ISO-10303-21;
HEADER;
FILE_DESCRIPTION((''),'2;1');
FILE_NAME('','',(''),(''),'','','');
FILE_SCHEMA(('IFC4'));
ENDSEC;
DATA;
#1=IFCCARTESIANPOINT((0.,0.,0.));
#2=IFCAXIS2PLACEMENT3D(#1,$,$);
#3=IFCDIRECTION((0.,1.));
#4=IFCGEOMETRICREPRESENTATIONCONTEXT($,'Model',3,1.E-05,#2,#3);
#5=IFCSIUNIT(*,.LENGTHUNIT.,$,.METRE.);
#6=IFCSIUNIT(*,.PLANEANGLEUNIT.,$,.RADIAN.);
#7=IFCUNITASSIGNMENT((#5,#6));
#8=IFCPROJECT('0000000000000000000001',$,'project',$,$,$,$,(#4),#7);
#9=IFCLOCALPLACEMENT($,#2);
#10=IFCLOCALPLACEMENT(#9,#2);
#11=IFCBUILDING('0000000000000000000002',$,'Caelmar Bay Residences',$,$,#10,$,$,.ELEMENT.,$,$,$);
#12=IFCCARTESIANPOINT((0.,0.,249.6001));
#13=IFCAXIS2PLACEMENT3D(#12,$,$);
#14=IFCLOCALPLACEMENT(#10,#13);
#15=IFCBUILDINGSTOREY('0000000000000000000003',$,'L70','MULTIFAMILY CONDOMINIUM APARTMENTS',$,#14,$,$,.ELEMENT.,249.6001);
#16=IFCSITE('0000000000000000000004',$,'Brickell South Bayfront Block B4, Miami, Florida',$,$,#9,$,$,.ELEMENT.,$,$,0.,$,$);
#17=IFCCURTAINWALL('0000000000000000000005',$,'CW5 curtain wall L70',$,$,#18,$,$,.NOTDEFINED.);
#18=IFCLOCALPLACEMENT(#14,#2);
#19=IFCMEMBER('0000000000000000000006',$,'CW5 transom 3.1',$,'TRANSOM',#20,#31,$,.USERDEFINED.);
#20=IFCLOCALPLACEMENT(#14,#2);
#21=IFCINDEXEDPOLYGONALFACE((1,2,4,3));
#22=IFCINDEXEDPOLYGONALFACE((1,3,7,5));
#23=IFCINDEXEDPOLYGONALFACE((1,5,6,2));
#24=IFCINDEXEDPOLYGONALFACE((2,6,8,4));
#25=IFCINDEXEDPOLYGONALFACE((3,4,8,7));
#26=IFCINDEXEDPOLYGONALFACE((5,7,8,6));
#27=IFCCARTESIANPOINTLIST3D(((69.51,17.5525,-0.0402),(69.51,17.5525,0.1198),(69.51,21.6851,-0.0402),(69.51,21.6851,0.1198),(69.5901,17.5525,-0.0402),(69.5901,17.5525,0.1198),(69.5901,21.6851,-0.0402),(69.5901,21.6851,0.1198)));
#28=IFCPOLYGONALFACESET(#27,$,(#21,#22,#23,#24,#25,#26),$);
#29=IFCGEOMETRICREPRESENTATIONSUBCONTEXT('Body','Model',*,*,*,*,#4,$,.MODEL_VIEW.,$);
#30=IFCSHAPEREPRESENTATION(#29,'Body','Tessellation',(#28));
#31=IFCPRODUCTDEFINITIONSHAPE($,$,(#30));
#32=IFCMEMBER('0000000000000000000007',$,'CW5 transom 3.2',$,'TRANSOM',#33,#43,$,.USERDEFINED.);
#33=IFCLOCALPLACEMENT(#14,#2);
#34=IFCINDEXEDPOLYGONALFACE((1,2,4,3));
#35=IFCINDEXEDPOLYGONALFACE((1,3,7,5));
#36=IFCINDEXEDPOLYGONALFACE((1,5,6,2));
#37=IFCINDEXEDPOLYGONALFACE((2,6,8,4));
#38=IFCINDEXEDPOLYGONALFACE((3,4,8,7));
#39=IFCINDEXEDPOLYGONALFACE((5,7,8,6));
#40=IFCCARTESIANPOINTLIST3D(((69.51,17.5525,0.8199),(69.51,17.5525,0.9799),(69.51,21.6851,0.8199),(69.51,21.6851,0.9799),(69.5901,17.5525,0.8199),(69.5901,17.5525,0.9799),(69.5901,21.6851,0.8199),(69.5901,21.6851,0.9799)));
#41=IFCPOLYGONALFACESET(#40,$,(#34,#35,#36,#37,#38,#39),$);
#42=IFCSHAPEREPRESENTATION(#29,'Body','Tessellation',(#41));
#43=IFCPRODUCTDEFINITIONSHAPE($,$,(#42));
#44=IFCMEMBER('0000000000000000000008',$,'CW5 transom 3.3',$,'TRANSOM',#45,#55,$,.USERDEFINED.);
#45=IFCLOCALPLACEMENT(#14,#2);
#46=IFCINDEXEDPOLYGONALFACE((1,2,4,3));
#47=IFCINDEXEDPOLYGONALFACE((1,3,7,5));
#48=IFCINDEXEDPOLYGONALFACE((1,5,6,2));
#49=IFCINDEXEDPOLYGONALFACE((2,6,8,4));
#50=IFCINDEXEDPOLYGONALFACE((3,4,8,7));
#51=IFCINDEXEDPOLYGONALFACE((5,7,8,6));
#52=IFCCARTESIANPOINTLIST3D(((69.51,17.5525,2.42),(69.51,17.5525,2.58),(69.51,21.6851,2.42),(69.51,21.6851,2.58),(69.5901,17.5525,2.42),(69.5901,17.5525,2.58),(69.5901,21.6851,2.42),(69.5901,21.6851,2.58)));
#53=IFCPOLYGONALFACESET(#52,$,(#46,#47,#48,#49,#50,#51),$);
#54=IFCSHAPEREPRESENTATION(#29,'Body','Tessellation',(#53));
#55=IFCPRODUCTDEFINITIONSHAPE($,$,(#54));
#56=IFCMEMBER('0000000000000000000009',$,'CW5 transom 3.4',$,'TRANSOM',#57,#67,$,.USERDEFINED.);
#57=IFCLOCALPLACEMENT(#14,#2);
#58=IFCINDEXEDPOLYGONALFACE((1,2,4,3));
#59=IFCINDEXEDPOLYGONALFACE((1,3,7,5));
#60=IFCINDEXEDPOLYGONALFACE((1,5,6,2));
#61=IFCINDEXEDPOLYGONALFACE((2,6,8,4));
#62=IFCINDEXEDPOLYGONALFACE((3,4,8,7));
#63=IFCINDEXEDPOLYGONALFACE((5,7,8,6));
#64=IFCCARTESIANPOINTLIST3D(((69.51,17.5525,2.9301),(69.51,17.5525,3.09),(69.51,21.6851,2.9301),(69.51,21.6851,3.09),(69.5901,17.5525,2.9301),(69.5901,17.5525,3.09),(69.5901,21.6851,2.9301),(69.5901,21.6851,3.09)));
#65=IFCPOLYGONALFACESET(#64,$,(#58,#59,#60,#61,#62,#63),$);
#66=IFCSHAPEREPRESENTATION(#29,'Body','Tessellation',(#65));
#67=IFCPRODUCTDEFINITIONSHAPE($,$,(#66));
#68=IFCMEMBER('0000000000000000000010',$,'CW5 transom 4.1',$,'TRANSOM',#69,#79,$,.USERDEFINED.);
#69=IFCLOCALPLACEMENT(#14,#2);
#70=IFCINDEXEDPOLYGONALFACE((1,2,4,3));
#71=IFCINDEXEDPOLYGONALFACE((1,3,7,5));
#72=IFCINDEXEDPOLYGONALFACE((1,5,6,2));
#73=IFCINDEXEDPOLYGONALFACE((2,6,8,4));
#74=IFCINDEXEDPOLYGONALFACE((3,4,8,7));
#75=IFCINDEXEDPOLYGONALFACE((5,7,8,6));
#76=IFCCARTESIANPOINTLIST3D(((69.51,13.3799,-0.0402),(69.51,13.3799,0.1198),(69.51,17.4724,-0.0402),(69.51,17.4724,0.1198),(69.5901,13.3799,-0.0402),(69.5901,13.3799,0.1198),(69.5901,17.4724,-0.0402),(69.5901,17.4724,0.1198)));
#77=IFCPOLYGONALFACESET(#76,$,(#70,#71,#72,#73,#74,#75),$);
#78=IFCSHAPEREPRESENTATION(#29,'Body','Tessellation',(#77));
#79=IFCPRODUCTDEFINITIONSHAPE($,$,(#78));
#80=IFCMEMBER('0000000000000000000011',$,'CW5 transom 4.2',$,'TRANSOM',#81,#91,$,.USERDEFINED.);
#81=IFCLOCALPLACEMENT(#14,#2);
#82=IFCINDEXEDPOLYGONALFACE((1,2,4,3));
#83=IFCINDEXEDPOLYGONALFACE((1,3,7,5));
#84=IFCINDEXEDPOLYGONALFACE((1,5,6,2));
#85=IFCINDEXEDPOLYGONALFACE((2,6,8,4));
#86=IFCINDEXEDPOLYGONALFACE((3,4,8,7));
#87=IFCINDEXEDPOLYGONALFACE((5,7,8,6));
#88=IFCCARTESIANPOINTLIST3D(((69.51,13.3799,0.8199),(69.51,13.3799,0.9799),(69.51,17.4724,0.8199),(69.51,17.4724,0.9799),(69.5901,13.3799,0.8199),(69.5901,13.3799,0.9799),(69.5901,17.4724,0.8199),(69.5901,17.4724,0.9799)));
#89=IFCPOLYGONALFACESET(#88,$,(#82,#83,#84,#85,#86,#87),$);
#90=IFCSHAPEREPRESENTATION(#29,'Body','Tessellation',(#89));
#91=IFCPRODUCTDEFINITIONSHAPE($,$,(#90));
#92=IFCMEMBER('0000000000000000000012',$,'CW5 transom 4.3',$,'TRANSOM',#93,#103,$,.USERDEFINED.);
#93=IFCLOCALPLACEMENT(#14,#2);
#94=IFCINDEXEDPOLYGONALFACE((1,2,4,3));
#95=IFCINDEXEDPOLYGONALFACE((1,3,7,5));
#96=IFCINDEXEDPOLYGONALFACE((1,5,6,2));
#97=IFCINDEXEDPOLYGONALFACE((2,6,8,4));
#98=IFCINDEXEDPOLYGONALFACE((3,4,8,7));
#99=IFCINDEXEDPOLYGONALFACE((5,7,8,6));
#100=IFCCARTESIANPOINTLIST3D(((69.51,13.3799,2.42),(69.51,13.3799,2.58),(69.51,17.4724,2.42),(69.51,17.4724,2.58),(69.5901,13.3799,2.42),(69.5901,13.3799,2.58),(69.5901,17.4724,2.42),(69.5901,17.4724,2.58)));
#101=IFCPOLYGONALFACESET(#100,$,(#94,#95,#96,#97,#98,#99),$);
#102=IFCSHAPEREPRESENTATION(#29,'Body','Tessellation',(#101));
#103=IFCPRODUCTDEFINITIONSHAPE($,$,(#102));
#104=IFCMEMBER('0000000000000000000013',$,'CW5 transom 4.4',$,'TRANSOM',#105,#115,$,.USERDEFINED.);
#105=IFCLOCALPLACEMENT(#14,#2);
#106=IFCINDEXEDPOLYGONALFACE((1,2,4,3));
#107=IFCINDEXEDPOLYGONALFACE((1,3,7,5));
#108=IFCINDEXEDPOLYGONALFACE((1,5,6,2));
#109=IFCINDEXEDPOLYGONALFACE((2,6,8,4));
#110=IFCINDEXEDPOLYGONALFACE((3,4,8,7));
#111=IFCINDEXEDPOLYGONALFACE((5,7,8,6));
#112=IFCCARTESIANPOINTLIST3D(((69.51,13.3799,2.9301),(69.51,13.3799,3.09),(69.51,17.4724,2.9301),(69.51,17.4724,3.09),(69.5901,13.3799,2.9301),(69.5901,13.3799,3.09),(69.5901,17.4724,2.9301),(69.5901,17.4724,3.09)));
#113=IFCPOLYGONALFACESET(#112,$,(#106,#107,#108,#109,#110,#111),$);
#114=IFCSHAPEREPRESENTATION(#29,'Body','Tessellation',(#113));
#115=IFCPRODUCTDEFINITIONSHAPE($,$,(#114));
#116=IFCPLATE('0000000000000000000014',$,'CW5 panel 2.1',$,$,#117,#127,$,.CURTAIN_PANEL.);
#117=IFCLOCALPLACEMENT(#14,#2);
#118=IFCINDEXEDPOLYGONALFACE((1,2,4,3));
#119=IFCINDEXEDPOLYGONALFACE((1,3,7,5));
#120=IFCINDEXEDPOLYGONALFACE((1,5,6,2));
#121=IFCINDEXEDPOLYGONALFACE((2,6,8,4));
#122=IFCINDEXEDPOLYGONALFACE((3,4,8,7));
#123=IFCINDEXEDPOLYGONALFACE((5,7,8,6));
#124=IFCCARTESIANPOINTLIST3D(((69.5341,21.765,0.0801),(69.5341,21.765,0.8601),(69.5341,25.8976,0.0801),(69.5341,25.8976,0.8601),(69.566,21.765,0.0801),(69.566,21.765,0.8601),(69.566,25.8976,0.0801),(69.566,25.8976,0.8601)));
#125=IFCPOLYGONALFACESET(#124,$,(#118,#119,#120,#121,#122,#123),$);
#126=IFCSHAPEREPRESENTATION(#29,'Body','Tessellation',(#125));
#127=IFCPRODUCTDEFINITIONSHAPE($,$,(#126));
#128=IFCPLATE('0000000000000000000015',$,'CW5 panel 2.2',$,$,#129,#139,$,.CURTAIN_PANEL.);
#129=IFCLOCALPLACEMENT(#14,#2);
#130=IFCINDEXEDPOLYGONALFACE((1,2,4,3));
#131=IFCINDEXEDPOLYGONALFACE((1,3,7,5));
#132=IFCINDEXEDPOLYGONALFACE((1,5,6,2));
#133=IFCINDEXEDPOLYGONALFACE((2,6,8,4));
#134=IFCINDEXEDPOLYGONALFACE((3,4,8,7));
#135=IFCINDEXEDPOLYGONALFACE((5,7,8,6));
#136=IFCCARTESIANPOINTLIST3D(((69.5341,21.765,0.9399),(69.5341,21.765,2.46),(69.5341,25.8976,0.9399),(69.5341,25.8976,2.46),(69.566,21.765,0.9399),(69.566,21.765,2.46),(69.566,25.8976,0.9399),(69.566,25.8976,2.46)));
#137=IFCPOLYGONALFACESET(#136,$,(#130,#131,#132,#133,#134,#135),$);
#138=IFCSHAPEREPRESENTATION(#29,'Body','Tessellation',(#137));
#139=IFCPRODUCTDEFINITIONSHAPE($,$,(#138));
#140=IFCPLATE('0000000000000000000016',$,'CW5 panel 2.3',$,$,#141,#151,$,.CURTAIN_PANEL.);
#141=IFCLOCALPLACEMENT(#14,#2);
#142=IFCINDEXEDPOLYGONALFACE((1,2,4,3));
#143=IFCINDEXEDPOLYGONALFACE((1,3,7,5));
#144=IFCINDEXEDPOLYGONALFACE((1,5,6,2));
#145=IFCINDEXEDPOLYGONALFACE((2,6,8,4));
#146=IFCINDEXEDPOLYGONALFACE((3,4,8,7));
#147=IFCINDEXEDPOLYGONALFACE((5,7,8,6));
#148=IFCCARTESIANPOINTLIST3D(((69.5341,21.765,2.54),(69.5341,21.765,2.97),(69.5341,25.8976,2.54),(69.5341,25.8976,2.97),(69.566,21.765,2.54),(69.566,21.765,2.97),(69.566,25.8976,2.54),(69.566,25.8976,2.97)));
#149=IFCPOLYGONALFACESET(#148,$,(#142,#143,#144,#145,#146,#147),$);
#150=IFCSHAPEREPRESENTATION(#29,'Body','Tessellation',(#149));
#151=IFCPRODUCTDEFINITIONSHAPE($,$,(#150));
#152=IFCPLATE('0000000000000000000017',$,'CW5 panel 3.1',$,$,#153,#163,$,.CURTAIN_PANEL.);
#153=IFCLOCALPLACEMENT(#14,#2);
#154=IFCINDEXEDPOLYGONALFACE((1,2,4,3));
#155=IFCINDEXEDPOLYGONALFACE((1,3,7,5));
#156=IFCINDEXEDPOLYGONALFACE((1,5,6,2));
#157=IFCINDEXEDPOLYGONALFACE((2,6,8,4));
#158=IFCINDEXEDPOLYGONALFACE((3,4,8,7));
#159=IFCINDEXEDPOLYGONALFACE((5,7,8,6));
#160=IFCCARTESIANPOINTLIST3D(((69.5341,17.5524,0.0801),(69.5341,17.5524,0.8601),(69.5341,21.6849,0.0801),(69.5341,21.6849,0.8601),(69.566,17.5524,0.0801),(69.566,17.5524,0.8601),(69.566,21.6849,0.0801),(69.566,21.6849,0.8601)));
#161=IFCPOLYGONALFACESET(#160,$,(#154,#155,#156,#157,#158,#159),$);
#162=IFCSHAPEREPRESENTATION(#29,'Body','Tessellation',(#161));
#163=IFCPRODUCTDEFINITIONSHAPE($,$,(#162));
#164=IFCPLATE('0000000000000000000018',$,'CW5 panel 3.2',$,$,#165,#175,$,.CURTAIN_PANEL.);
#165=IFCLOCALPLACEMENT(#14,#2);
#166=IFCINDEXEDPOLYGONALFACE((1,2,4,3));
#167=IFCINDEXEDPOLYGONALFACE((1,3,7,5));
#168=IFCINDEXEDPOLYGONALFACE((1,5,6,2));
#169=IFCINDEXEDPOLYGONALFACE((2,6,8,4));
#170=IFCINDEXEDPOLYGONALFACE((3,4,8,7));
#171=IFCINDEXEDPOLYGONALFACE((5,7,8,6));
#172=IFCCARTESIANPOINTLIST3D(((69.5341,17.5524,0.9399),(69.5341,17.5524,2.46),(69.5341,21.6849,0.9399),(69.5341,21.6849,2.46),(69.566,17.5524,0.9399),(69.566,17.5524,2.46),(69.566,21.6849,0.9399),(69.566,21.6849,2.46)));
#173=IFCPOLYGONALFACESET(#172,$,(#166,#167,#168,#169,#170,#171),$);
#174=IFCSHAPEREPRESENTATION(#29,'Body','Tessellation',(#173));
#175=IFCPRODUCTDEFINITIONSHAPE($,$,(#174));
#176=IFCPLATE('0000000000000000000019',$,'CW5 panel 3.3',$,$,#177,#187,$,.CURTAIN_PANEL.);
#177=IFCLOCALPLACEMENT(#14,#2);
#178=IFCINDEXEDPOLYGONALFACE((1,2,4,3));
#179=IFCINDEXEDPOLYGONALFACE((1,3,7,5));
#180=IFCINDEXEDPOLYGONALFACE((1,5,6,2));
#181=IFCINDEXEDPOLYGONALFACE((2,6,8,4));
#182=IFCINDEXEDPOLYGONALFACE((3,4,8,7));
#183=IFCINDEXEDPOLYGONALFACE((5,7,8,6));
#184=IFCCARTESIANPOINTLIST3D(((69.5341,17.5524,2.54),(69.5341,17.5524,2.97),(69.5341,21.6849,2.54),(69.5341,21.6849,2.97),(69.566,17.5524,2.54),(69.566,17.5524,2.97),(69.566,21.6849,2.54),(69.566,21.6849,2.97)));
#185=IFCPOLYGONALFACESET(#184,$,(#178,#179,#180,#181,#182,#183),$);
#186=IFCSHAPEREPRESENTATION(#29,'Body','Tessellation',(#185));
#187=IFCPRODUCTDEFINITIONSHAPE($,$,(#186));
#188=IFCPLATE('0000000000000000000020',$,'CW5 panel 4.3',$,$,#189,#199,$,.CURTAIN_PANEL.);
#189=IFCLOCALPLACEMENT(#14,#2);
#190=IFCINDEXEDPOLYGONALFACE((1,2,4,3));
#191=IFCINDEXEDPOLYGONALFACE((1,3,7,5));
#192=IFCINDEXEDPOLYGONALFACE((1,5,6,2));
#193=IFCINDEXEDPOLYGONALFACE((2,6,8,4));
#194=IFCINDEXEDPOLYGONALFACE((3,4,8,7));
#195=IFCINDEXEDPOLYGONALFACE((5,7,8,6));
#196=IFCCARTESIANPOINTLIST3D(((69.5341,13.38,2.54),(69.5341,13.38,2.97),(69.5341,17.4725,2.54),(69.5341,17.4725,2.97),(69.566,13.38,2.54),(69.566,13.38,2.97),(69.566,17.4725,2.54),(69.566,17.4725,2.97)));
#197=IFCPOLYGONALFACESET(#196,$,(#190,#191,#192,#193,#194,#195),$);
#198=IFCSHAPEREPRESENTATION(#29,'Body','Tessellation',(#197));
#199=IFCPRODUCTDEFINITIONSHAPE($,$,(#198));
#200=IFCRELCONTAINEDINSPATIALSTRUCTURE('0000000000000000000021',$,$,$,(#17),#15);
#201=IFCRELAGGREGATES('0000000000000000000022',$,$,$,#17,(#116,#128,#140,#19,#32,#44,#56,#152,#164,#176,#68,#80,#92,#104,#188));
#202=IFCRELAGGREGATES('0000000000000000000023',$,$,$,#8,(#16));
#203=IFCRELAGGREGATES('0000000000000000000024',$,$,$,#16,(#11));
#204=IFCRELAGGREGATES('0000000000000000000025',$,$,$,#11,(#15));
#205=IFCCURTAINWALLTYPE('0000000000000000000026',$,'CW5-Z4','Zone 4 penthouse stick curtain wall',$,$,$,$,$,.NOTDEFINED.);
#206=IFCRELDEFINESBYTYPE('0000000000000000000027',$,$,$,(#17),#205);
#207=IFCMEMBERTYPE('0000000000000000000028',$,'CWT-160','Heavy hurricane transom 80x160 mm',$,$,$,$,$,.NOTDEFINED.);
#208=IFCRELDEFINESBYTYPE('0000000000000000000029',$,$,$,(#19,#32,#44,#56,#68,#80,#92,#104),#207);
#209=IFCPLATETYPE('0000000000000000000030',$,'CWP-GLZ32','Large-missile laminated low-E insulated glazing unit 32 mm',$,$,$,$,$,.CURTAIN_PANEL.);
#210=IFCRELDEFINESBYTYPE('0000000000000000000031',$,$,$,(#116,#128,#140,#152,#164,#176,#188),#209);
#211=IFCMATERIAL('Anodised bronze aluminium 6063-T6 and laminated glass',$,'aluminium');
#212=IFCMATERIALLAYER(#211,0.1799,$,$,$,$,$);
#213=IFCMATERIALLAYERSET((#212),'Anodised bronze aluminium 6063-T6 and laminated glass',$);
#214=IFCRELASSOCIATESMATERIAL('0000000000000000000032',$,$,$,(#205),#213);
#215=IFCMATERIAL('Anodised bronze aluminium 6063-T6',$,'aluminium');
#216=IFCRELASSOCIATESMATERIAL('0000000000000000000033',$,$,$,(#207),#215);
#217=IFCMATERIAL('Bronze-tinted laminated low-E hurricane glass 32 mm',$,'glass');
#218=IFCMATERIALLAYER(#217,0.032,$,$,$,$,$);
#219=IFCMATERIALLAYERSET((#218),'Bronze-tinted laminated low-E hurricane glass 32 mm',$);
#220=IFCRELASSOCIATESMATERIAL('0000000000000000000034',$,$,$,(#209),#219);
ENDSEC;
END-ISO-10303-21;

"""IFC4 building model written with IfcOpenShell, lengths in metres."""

from ifc_helpers import new_model, si_unit, direction, frame, origin, origin_2d, place, context, subcontext, project, spatial, rectangle, extrude, material, layer, layer_set, material_profile, profile_set, type_object, element, aggregate, save


model = new_model("IFC4")

# Units and contexts
model_context = context("Model", 3, precision=1e-05, world=origin(), true_north=direction((0.0, 1.0)))
body_context = subcontext(model_context, "Body", "Model", "MODEL_VIEW")
ifc_project = project(units=[si_unit("LENGTHUNIT", "METRE"), si_unit("PLANEANGLEUNIT", "RADIAN")], contexts=[model_context])

# Site, building, storey
site_placement = place(None, origin())
site = spatial("IfcSite", under=ifc_project, at=site_placement, Name="Brickell South Bayfront Block B4, Miami, Florida", CompositionType="ELEMENT", RefElevation=0.0)
building_placement = place(site_placement, origin())
building = spatial("IfcBuilding", under=site, at=building_placement, Name="Caelmar Bay Residences", CompositionType="ELEMENT")
storey_placement = place(building_placement, frame((0.0, 0.0, 249.6001)))
storey = spatial("IfcBuildingStorey", under=building, at=storey_placement, Name="L70", Description="MULTIFAMILY CONDOMINIUM APARTMENTS", CompositionType="ELEMENT", Elevation=249.6001)

# Curtain wall, members, plates
ifc_material_1 = material(Name="Anodised bronze aluminium 6063-T6 and laminated glass", Category="aluminium")
ifc_layer_1 = layer(ifc_material_1, 0.1799)
ifc_layer_set_1 = layer_set([ifc_layer_1], Name="Anodised bronze aluminium 6063-T6 and laminated glass")
curtain_wall_type = type_object("IfcCurtainWallType", Name="CW5-Z4", Description="Zone 4 penthouse stick curtain wall", PredefinedType="NOTDEFINED", material=ifc_layer_set_1)
curtain_wall_placement = place(storey_placement, origin())
curtain_wall = element("IfcCurtainWall", 1, at=curtain_wall_placement, inside=storey, type_object=curtain_wall_type, Name="CW5 curtain wall L70", PredefinedType="NOTDEFINED")
ifc_material_2 = material(Name="Anodised bronze aluminium 6063-T6", Category="aluminium")
ifc_material_profile_1 = material_profile(ifc_material_2, rectangle(XDim=0.0801, YDim=0.1599, at=origin_2d()), Name="CWT-80X160")
ifc_profile_set_1 = profile_set([ifc_material_profile_1], Name="Anodised bronze aluminium 6063-T6")
member_type_1 = type_object("IfcMemberType", Name="CWT-160", Description="Heavy hurricane transom 80x160 mm", PredefinedType="NOTDEFINED", material=ifc_profile_set_1)
member_1_placement = place(storey_placement, frame((69.55, 21.6851, 0.0398), z_axis=(0.0, -1.0, 0.0), x_axis=(1.0, 0.0, 0.0)))
member_1 = element("IfcMember", 2, at=member_1_placement, type_object=member_type_1, Name="CW5 transom 3.1", ObjectType="TRANSOM", PredefinedType="USERDEFINED", context=body_context, shape_type="SweptSolid", body=[
    extrude(rectangle(XDim=0.0801, YDim=0.1599, at=origin_2d()), origin(), (0.0, 0.0, 1.0), 4.1326),
])
member_2_placement = place(storey_placement, frame((69.55, 21.6851, 0.8999), z_axis=(0.0, -1.0, 0.0), x_axis=(1.0, 0.0, 0.0)))
member_2 = element("IfcMember", 3, at=member_2_placement, type_object=member_type_1, Name="CW5 transom 3.2", ObjectType="TRANSOM", PredefinedType="USERDEFINED", context=body_context, shape_type="SweptSolid", body=[
    extrude(rectangle(XDim=0.0801, YDim=0.1599, at=origin_2d()), origin(), (0.0, 0.0, 1.0), 4.1326),
])
member_3_placement = place(storey_placement, frame((69.55, 21.6851, 2.5), z_axis=(0.0, -1.0, 0.0), x_axis=(1.0, 0.0, 0.0)))
member_3 = element("IfcMember", 4, at=member_3_placement, type_object=member_type_1, Name="CW5 transom 3.3", ObjectType="TRANSOM", PredefinedType="USERDEFINED", context=body_context, shape_type="SweptSolid", body=[
    extrude(rectangle(XDim=0.0801, YDim=0.1599, at=origin_2d()), origin(), (0.0, 0.0, 1.0), 4.1326),
])
member_4_placement = place(storey_placement, frame((69.55, 21.6851, 3.01), z_axis=(0.0, -1.0, 0.0), x_axis=(1.0, 0.0, 0.0)))
member_4 = element("IfcMember", 5, at=member_4_placement, type_object=member_type_1, Name="CW5 transom 3.4", ObjectType="TRANSOM", PredefinedType="USERDEFINED", context=body_context, shape_type="SweptSolid", body=[
    extrude(rectangle(XDim=0.0801, YDim=0.1599, at=origin_2d()), origin(), (0.0, 0.0, 1.0), 4.1326),
])
member_5_placement = place(storey_placement, frame((69.55, 17.4724, 0.0398), z_axis=(0.0, -1.0, 0.0), x_axis=(1.0, 0.0, 0.0)))
member_5 = element("IfcMember", 6, at=member_5_placement, type_object=member_type_1, Name="CW5 transom 4.1", ObjectType="TRANSOM", PredefinedType="USERDEFINED", context=body_context, shape_type="SweptSolid", body=[
    extrude(rectangle(XDim=0.0801, YDim=0.1599, at=origin_2d()), origin(), (0.0, 0.0, 1.0), 4.0925),
])
member_6_placement = place(storey_placement, frame((69.55, 17.4724, 0.8999), z_axis=(0.0, -1.0, 0.0), x_axis=(1.0, 0.0, 0.0)))
member_6 = element("IfcMember", 7, at=member_6_placement, type_object=member_type_1, Name="CW5 transom 4.2", ObjectType="TRANSOM", PredefinedType="USERDEFINED", context=body_context, shape_type="SweptSolid", body=[
    extrude(rectangle(XDim=0.0801, YDim=0.1599, at=origin_2d()), origin(), (0.0, 0.0, 1.0), 4.0925),
])
member_7_placement = place(storey_placement, frame((69.55, 17.4724, 2.5), z_axis=(0.0, -1.0, 0.0), x_axis=(1.0, 0.0, 0.0)))
member_7 = element("IfcMember", 8, at=member_7_placement, type_object=member_type_1, Name="CW5 transom 4.3", ObjectType="TRANSOM", PredefinedType="USERDEFINED", context=body_context, shape_type="SweptSolid", body=[
    extrude(rectangle(XDim=0.0801, YDim=0.1599, at=origin_2d()), origin(), (0.0, 0.0, 1.0), 4.0925),
])
member_8_placement = place(storey_placement, frame((69.55, 17.4724, 3.01), z_axis=(0.0, -1.0, 0.0), x_axis=(1.0, 0.0, 0.0)))
member_8 = element("IfcMember", 9, at=member_8_placement, type_object=member_type_1, Name="CW5 transom 4.4", ObjectType="TRANSOM", PredefinedType="USERDEFINED", context=body_context, shape_type="SweptSolid", body=[
    extrude(rectangle(XDim=0.0801, YDim=0.1599, at=origin_2d()), origin(), (0.0, 0.0, 1.0), 4.0925),
])
ifc_material_3 = material(Name="Bronze-tinted laminated low-E hurricane glass 32 mm", Category="glass")
ifc_layer_2 = layer(ifc_material_3, 0.032)
ifc_layer_set_2 = layer_set([ifc_layer_2], Name="Bronze-tinted laminated low-E hurricane glass 32 mm")
plate_type = type_object("IfcPlateType", Name="CWP-GLZ32", Description="Large-missile laminated low-E insulated glazing unit 32 mm", PredefinedType="CURTAIN_PANEL", material=ifc_layer_set_2)
plate_1_placement = place(storey_placement, frame((69.55, 23.8313, 0.0801), z_axis=(0.0, 0.0, 1.0), x_axis=(0.0, -1.0, 0.0)))
plate_1 = element("IfcPlate", 10, at=plate_1_placement, type_object=plate_type, Name="CW5 panel 2.1", PredefinedType="CURTAIN_PANEL", context=body_context, shape_type="SweptSolid", body=[
    extrude(rectangle(XDim=4.1326, YDim=0.032, at=origin_2d()), origin(), (0.0, 0.0, 1.0), 0.78),
])
plate_2_placement = place(storey_placement, frame((69.55, 23.8313, 0.9399), z_axis=(0.0, 0.0, 1.0), x_axis=(0.0, -1.0, 0.0)))
plate_2 = element("IfcPlate", 11, at=plate_2_placement, type_object=plate_type, Name="CW5 panel 2.2", PredefinedType="CURTAIN_PANEL", context=body_context, shape_type="SweptSolid", body=[
    extrude(rectangle(XDim=4.1326, YDim=0.032, at=origin_2d()), origin(), (0.0, 0.0, 1.0), 1.52),
])
plate_3_placement = place(storey_placement, frame((69.55, 23.8313, 2.54), z_axis=(0.0, 0.0, 1.0), x_axis=(0.0, -1.0, 0.0)))
plate_3 = element("IfcPlate", 12, at=plate_3_placement, type_object=plate_type, Name="CW5 panel 2.3", PredefinedType="CURTAIN_PANEL", context=body_context, shape_type="SweptSolid", body=[
    extrude(rectangle(XDim=4.1326, YDim=0.032, at=origin_2d()), origin(), (0.0, 0.0, 1.0), 0.4299),
])
plate_4_placement = place(storey_placement, frame((69.55, 19.6187, 0.0801), z_axis=(0.0, 0.0, 1.0), x_axis=(0.0, -1.0, 0.0)))
plate_4 = element("IfcPlate", 13, at=plate_4_placement, type_object=plate_type, Name="CW5 panel 3.1", PredefinedType="CURTAIN_PANEL", context=body_context, shape_type="SweptSolid", body=[
    extrude(rectangle(XDim=4.1326, YDim=0.032, at=origin_2d()), origin(), (0.0, 0.0, 1.0), 0.78),
])
plate_5_placement = place(storey_placement, frame((69.55, 19.6187, 0.9399), z_axis=(0.0, 0.0, 1.0), x_axis=(0.0, -1.0, 0.0)))
plate_5 = element("IfcPlate", 14, at=plate_5_placement, type_object=plate_type, Name="CW5 panel 3.2", PredefinedType="CURTAIN_PANEL", context=body_context, shape_type="SweptSolid", body=[
    extrude(rectangle(XDim=4.1326, YDim=0.032, at=origin_2d()), origin(), (0.0, 0.0, 1.0), 1.52),
])
plate_6_placement = place(storey_placement, frame((69.55, 19.6187, 2.54), z_axis=(0.0, 0.0, 1.0), x_axis=(0.0, -1.0, 0.0)))
plate_6 = element("IfcPlate", 15, at=plate_6_placement, type_object=plate_type, Name="CW5 panel 3.3", PredefinedType="CURTAIN_PANEL", context=body_context, shape_type="SweptSolid", body=[
    extrude(rectangle(XDim=4.1326, YDim=0.032, at=origin_2d()), origin(), (0.0, 0.0, 1.0), 0.4299),
])
plate_7_placement = place(storey_placement, frame((69.55, 15.4263, 2.54), z_axis=(0.0, 0.0, 1.0), x_axis=(0.0, -1.0, 0.0)))
plate_7 = element("IfcPlate", 16, at=plate_7_placement, type_object=plate_type, Name="CW5 panel 4.3", PredefinedType="CURTAIN_PANEL", context=body_context, shape_type="SweptSolid", body=[
    extrude(rectangle(XDim=4.0925, YDim=0.032, at=origin_2d()), origin(), (0.0, 0.0, 1.0), 0.4299),
])
aggregate(curtain_wall, [plate_1, plate_2, plate_3, member_1, member_2, member_3, member_4, plate_4, plate_5, plate_6, member_5, member_6, member_7, member_8, plate_7])

save(model, "model.ifc")
